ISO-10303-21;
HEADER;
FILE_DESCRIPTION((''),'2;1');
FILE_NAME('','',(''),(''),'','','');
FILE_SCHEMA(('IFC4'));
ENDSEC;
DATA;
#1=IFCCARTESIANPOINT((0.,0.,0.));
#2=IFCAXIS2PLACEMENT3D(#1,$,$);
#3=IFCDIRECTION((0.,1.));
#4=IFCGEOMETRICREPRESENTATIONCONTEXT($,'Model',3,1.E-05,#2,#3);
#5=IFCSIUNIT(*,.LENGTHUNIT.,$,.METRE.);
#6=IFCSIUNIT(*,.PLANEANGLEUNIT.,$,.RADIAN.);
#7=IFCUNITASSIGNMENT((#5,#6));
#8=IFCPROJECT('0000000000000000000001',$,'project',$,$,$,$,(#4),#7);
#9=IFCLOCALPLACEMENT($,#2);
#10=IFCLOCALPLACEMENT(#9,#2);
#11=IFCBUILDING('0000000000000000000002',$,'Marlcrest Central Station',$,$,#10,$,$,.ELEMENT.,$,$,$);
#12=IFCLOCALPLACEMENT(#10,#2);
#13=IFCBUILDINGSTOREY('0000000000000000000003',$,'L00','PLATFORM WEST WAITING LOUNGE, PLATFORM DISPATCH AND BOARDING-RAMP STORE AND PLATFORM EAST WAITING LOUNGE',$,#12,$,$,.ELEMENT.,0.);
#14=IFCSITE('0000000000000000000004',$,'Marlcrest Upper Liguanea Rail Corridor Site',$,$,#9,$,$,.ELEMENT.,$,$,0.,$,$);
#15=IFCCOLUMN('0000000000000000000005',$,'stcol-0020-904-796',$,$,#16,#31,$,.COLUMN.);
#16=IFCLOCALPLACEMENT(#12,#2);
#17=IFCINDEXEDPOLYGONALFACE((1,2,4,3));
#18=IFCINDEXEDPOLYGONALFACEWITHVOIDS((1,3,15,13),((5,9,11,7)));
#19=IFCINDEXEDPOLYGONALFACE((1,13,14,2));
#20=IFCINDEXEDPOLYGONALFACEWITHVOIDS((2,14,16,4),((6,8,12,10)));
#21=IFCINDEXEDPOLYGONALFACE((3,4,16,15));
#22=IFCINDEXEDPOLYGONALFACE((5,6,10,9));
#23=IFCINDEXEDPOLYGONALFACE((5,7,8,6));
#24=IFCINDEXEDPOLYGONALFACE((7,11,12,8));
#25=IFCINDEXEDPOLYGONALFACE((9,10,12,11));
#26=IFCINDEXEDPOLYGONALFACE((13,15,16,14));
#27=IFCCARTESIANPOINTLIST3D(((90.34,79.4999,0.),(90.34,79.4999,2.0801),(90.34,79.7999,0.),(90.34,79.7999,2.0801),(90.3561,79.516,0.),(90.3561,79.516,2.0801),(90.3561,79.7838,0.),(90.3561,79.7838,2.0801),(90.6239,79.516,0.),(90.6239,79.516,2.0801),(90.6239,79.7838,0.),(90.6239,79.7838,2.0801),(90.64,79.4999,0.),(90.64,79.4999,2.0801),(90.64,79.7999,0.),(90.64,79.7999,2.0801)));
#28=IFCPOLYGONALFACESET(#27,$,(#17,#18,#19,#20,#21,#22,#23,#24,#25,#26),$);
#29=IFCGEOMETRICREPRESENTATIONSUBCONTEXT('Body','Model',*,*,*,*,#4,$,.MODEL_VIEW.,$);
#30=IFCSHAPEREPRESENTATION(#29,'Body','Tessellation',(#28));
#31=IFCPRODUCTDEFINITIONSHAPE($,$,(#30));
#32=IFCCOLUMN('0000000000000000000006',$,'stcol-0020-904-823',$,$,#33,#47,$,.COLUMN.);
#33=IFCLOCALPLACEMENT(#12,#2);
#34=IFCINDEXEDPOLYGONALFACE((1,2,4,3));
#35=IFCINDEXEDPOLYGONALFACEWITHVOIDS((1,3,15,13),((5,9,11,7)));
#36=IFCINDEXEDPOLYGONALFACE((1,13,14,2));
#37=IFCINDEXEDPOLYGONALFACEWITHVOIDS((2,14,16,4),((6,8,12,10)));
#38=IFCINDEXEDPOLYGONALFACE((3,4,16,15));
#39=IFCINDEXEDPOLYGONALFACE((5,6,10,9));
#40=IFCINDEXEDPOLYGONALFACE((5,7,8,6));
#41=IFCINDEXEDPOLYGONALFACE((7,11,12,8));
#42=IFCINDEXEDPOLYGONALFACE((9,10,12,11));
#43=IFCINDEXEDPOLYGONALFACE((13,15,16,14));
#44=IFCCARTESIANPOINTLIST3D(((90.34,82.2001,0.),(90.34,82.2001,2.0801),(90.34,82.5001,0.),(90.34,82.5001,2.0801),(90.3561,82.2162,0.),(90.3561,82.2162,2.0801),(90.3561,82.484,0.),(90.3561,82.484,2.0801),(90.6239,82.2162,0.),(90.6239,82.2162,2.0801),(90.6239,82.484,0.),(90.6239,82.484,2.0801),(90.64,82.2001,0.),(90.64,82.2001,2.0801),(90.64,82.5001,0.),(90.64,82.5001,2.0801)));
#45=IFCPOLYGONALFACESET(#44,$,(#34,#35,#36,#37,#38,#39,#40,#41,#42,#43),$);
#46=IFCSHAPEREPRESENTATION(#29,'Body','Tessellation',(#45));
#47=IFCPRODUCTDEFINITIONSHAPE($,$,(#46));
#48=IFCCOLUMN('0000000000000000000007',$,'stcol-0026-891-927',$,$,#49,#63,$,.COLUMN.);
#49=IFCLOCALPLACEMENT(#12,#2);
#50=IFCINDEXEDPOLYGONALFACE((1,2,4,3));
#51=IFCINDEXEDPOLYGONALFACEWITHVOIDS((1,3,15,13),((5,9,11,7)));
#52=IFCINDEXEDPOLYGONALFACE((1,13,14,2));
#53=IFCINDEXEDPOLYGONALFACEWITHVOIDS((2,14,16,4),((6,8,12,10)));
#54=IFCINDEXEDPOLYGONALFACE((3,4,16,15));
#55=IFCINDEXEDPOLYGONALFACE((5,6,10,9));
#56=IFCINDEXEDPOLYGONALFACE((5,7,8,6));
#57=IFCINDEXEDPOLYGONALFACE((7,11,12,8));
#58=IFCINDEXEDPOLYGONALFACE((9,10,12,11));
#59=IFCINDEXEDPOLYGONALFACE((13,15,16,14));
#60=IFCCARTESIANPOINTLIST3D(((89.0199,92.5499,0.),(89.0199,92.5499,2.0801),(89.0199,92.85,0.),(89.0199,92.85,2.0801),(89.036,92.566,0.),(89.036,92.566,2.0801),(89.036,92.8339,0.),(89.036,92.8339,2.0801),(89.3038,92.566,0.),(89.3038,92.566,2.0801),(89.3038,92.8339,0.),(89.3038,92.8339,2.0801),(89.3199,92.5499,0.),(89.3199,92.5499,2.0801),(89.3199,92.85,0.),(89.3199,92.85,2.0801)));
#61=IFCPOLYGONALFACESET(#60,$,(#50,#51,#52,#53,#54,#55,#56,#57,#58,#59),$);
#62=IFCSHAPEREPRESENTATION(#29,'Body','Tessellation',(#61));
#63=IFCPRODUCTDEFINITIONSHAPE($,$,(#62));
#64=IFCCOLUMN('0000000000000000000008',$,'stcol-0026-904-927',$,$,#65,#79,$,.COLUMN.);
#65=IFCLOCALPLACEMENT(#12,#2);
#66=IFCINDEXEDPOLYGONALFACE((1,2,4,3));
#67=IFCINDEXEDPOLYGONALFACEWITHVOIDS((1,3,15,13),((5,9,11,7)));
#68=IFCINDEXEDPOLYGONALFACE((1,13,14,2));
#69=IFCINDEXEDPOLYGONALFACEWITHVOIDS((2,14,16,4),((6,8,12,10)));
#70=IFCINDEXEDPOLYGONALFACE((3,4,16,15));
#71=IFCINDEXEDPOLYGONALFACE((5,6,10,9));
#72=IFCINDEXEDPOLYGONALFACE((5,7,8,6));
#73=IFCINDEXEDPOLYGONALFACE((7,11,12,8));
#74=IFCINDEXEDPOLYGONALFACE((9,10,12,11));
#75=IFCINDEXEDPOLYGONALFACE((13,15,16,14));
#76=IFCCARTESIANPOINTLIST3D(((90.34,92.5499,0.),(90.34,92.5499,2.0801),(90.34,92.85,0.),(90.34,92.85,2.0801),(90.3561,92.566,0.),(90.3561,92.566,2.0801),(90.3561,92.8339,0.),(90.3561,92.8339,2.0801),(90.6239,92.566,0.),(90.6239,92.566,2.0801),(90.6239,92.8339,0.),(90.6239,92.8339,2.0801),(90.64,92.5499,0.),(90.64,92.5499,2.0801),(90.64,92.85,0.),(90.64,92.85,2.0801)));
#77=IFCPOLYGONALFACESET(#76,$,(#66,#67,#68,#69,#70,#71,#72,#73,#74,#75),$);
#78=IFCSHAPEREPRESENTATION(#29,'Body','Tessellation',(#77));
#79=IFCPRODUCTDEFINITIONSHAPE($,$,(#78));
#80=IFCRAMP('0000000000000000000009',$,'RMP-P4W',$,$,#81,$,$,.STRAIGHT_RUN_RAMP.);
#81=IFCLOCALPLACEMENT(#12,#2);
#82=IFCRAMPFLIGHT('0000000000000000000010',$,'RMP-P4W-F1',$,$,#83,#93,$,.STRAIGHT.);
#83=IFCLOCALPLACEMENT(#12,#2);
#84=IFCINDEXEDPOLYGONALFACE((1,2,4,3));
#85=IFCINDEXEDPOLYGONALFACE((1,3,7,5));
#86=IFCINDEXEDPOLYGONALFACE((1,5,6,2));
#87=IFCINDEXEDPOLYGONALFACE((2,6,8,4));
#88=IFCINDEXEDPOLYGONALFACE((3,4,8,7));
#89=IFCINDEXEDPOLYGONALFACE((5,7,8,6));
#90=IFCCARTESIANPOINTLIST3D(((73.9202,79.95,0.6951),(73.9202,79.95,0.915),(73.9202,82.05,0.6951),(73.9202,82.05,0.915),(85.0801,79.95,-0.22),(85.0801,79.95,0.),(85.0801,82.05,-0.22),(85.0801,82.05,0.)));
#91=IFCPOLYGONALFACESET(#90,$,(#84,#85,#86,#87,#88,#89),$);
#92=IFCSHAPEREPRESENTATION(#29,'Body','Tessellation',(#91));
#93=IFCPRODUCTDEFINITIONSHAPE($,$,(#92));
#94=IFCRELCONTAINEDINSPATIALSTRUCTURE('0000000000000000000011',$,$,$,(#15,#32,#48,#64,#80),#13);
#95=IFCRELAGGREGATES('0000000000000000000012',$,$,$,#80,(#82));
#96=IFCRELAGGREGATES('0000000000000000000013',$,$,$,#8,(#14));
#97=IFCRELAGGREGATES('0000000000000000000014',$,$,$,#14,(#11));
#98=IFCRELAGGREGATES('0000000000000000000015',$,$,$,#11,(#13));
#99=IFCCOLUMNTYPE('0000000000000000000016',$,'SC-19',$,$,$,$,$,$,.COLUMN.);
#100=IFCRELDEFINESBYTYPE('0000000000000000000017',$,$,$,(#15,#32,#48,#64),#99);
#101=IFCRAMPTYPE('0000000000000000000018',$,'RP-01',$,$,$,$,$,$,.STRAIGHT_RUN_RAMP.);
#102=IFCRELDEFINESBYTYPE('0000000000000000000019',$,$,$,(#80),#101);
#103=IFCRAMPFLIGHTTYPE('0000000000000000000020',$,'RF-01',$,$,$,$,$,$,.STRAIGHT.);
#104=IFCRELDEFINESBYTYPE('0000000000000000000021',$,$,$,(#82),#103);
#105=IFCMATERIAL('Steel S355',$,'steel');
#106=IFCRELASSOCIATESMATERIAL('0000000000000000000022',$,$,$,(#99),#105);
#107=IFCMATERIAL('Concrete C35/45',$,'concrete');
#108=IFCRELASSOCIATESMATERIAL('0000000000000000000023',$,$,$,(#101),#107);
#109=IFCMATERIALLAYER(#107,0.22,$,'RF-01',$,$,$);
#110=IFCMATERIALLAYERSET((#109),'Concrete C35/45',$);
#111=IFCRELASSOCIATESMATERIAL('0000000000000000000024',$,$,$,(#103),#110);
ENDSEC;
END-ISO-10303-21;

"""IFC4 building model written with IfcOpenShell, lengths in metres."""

from ifc_helpers import new_model, si_unit, direction, frame, origin, origin_2d, place, context, subcontext, project, spatial, polyline, hollow_rectangle, outline, extrude, material, layer, layer_set, material_profile, profile_set, type_object, element, aggregate, save


model = new_model("IFC4")

# Units and contexts
model_context = context("Model", 3, precision=1e-05, world=origin(), true_north=direction((0.0, 1.0)))
body_context = subcontext(model_context, "Body", "Model", "MODEL_VIEW")
ifc_project = project(units=[si_unit("LENGTHUNIT", "METRE"), si_unit("PLANEANGLEUNIT", "RADIAN")], contexts=[model_context])

# Site, building, storey
site_placement = place(None, origin())
site = spatial("IfcSite", under=ifc_project, at=site_placement, Name="Marlcrest Upper Liguanea Rail Corridor Site", CompositionType="ELEMENT", RefElevation=0.0)
building_placement = place(site_placement, origin())
building = spatial("IfcBuilding", under=site, at=building_placement, Name="Marlcrest Central Station", CompositionType="ELEMENT")
storey_placement = place(building_placement, origin())
storey = spatial("IfcBuildingStorey", under=building, at=storey_placement, Name="L00", Description="PLATFORM WEST WAITING LOUNGE, PLATFORM DISPATCH AND BOARDING-RAMP STORE AND PLATFORM EAST WAITING LOUNGE", CompositionType="ELEMENT", Elevation=0.0)

# Shared definitions
ifc_material_1 = material(Name="Concrete C35/45", Category="concrete")

# Columns
ifc_material_2 = material(Name="Steel S355", Category="steel")
ifc_material_profile_1 = material_profile(ifc_material_2, hollow_rectangle(XDim=0.3, YDim=0.3, WallThickness=0.0161, at=origin_2d()), Name="SHS 300x300x16")
ifc_profile_set_1 = profile_set([ifc_material_profile_1], Name="Steel S355")
column_type_1 = type_object("IfcColumnType", Name="SC-19", PredefinedType="COLUMN", material=ifc_profile_set_1)
for number, where, z_axis, x_axis, name in (
    (1, (90.49, 79.6499, 0.0), (0.0, 0.0, 1.0), (1.0, 0.0, 0.0), "stcol-0020-904-796"),
    (2, (90.49, 82.3501, 0.0), (0.0, 0.0, 1.0), (1.0, 0.0, 0.0), "stcol-0020-904-823"),
    (3, (89.1699, 92.7, 0.0), (0.0, 0.0, 1.0), (1.0, 0.0, 0.0), "stcol-0026-891-927"),
    (4, (90.49, 92.7, 0.0), (0.0, 0.0, 1.0), (1.0, 0.0, 0.0), "stcol-0026-904-927"),
):
    element("IfcColumn", number, at=place(storey_placement, frame(where, z_axis=z_axis, x_axis=x_axis)), inside=storey, type_object=column_type_1, Name=name, PredefinedType="COLUMN", context=body_context, shape_type="SweptSolid", body=[
        extrude(hollow_rectangle(XDim=0.3, YDim=0.3, WallThickness=0.0161, at=origin_2d()), origin(), (0.0, 0.0, 1.0), 2.0801),
    ])

# Ramp, ramp flight
ramp_type = type_object("IfcRampType", Name="RP-01", PredefinedType="STRAIGHT_RUN_RAMP", material=ifc_material_1)
ramp_placement = place(storey_placement, origin())
ramp = element("IfcRamp", 5, at=ramp_placement, inside=storey, type_object=ramp_type, Name="RMP-P4W", PredefinedType="STRAIGHT_RUN_RAMP")
ifc_layer = layer(ifc_material_1, 0.22, Name="RF-01")
ifc_layer_set = layer_set([ifc_layer], Name="Concrete C35/45")
ramp_flight_type = type_object("IfcRampFlightType", Name="RF-01", PredefinedType="STRAIGHT", material=ifc_layer_set)
ramp_flight_placement = place(storey_placement, frame((85.0801, 81.0, 0.0), z_axis=(0.0, 0.0, 1.0), x_axis=(-1.0, 0.0, 0.0)))
ramp_flight = element("IfcRampFlight", 6, at=ramp_flight_placement, type_object=ramp_flight_type, Name="RMP-P4W-F1", PredefinedType="STRAIGHT", context=body_context, shape_type="SweptSolid", body=[
    extrude(outline(polyline([(0.0, -0.22), (0.0, 0.0), (11.1599, 0.915), (11.1599, 0.6951), (0.0, -0.22)])), frame((0.0, 1.05, 0.0), z_axis=(0.0, -1.0, 0.0), x_axis=(1.0, 0.0, 0.0)), (0.0, 0.0, 1.0), 2.1001),
])
aggregate(ramp, [ramp_flight])

save(model, "model.ifc")
